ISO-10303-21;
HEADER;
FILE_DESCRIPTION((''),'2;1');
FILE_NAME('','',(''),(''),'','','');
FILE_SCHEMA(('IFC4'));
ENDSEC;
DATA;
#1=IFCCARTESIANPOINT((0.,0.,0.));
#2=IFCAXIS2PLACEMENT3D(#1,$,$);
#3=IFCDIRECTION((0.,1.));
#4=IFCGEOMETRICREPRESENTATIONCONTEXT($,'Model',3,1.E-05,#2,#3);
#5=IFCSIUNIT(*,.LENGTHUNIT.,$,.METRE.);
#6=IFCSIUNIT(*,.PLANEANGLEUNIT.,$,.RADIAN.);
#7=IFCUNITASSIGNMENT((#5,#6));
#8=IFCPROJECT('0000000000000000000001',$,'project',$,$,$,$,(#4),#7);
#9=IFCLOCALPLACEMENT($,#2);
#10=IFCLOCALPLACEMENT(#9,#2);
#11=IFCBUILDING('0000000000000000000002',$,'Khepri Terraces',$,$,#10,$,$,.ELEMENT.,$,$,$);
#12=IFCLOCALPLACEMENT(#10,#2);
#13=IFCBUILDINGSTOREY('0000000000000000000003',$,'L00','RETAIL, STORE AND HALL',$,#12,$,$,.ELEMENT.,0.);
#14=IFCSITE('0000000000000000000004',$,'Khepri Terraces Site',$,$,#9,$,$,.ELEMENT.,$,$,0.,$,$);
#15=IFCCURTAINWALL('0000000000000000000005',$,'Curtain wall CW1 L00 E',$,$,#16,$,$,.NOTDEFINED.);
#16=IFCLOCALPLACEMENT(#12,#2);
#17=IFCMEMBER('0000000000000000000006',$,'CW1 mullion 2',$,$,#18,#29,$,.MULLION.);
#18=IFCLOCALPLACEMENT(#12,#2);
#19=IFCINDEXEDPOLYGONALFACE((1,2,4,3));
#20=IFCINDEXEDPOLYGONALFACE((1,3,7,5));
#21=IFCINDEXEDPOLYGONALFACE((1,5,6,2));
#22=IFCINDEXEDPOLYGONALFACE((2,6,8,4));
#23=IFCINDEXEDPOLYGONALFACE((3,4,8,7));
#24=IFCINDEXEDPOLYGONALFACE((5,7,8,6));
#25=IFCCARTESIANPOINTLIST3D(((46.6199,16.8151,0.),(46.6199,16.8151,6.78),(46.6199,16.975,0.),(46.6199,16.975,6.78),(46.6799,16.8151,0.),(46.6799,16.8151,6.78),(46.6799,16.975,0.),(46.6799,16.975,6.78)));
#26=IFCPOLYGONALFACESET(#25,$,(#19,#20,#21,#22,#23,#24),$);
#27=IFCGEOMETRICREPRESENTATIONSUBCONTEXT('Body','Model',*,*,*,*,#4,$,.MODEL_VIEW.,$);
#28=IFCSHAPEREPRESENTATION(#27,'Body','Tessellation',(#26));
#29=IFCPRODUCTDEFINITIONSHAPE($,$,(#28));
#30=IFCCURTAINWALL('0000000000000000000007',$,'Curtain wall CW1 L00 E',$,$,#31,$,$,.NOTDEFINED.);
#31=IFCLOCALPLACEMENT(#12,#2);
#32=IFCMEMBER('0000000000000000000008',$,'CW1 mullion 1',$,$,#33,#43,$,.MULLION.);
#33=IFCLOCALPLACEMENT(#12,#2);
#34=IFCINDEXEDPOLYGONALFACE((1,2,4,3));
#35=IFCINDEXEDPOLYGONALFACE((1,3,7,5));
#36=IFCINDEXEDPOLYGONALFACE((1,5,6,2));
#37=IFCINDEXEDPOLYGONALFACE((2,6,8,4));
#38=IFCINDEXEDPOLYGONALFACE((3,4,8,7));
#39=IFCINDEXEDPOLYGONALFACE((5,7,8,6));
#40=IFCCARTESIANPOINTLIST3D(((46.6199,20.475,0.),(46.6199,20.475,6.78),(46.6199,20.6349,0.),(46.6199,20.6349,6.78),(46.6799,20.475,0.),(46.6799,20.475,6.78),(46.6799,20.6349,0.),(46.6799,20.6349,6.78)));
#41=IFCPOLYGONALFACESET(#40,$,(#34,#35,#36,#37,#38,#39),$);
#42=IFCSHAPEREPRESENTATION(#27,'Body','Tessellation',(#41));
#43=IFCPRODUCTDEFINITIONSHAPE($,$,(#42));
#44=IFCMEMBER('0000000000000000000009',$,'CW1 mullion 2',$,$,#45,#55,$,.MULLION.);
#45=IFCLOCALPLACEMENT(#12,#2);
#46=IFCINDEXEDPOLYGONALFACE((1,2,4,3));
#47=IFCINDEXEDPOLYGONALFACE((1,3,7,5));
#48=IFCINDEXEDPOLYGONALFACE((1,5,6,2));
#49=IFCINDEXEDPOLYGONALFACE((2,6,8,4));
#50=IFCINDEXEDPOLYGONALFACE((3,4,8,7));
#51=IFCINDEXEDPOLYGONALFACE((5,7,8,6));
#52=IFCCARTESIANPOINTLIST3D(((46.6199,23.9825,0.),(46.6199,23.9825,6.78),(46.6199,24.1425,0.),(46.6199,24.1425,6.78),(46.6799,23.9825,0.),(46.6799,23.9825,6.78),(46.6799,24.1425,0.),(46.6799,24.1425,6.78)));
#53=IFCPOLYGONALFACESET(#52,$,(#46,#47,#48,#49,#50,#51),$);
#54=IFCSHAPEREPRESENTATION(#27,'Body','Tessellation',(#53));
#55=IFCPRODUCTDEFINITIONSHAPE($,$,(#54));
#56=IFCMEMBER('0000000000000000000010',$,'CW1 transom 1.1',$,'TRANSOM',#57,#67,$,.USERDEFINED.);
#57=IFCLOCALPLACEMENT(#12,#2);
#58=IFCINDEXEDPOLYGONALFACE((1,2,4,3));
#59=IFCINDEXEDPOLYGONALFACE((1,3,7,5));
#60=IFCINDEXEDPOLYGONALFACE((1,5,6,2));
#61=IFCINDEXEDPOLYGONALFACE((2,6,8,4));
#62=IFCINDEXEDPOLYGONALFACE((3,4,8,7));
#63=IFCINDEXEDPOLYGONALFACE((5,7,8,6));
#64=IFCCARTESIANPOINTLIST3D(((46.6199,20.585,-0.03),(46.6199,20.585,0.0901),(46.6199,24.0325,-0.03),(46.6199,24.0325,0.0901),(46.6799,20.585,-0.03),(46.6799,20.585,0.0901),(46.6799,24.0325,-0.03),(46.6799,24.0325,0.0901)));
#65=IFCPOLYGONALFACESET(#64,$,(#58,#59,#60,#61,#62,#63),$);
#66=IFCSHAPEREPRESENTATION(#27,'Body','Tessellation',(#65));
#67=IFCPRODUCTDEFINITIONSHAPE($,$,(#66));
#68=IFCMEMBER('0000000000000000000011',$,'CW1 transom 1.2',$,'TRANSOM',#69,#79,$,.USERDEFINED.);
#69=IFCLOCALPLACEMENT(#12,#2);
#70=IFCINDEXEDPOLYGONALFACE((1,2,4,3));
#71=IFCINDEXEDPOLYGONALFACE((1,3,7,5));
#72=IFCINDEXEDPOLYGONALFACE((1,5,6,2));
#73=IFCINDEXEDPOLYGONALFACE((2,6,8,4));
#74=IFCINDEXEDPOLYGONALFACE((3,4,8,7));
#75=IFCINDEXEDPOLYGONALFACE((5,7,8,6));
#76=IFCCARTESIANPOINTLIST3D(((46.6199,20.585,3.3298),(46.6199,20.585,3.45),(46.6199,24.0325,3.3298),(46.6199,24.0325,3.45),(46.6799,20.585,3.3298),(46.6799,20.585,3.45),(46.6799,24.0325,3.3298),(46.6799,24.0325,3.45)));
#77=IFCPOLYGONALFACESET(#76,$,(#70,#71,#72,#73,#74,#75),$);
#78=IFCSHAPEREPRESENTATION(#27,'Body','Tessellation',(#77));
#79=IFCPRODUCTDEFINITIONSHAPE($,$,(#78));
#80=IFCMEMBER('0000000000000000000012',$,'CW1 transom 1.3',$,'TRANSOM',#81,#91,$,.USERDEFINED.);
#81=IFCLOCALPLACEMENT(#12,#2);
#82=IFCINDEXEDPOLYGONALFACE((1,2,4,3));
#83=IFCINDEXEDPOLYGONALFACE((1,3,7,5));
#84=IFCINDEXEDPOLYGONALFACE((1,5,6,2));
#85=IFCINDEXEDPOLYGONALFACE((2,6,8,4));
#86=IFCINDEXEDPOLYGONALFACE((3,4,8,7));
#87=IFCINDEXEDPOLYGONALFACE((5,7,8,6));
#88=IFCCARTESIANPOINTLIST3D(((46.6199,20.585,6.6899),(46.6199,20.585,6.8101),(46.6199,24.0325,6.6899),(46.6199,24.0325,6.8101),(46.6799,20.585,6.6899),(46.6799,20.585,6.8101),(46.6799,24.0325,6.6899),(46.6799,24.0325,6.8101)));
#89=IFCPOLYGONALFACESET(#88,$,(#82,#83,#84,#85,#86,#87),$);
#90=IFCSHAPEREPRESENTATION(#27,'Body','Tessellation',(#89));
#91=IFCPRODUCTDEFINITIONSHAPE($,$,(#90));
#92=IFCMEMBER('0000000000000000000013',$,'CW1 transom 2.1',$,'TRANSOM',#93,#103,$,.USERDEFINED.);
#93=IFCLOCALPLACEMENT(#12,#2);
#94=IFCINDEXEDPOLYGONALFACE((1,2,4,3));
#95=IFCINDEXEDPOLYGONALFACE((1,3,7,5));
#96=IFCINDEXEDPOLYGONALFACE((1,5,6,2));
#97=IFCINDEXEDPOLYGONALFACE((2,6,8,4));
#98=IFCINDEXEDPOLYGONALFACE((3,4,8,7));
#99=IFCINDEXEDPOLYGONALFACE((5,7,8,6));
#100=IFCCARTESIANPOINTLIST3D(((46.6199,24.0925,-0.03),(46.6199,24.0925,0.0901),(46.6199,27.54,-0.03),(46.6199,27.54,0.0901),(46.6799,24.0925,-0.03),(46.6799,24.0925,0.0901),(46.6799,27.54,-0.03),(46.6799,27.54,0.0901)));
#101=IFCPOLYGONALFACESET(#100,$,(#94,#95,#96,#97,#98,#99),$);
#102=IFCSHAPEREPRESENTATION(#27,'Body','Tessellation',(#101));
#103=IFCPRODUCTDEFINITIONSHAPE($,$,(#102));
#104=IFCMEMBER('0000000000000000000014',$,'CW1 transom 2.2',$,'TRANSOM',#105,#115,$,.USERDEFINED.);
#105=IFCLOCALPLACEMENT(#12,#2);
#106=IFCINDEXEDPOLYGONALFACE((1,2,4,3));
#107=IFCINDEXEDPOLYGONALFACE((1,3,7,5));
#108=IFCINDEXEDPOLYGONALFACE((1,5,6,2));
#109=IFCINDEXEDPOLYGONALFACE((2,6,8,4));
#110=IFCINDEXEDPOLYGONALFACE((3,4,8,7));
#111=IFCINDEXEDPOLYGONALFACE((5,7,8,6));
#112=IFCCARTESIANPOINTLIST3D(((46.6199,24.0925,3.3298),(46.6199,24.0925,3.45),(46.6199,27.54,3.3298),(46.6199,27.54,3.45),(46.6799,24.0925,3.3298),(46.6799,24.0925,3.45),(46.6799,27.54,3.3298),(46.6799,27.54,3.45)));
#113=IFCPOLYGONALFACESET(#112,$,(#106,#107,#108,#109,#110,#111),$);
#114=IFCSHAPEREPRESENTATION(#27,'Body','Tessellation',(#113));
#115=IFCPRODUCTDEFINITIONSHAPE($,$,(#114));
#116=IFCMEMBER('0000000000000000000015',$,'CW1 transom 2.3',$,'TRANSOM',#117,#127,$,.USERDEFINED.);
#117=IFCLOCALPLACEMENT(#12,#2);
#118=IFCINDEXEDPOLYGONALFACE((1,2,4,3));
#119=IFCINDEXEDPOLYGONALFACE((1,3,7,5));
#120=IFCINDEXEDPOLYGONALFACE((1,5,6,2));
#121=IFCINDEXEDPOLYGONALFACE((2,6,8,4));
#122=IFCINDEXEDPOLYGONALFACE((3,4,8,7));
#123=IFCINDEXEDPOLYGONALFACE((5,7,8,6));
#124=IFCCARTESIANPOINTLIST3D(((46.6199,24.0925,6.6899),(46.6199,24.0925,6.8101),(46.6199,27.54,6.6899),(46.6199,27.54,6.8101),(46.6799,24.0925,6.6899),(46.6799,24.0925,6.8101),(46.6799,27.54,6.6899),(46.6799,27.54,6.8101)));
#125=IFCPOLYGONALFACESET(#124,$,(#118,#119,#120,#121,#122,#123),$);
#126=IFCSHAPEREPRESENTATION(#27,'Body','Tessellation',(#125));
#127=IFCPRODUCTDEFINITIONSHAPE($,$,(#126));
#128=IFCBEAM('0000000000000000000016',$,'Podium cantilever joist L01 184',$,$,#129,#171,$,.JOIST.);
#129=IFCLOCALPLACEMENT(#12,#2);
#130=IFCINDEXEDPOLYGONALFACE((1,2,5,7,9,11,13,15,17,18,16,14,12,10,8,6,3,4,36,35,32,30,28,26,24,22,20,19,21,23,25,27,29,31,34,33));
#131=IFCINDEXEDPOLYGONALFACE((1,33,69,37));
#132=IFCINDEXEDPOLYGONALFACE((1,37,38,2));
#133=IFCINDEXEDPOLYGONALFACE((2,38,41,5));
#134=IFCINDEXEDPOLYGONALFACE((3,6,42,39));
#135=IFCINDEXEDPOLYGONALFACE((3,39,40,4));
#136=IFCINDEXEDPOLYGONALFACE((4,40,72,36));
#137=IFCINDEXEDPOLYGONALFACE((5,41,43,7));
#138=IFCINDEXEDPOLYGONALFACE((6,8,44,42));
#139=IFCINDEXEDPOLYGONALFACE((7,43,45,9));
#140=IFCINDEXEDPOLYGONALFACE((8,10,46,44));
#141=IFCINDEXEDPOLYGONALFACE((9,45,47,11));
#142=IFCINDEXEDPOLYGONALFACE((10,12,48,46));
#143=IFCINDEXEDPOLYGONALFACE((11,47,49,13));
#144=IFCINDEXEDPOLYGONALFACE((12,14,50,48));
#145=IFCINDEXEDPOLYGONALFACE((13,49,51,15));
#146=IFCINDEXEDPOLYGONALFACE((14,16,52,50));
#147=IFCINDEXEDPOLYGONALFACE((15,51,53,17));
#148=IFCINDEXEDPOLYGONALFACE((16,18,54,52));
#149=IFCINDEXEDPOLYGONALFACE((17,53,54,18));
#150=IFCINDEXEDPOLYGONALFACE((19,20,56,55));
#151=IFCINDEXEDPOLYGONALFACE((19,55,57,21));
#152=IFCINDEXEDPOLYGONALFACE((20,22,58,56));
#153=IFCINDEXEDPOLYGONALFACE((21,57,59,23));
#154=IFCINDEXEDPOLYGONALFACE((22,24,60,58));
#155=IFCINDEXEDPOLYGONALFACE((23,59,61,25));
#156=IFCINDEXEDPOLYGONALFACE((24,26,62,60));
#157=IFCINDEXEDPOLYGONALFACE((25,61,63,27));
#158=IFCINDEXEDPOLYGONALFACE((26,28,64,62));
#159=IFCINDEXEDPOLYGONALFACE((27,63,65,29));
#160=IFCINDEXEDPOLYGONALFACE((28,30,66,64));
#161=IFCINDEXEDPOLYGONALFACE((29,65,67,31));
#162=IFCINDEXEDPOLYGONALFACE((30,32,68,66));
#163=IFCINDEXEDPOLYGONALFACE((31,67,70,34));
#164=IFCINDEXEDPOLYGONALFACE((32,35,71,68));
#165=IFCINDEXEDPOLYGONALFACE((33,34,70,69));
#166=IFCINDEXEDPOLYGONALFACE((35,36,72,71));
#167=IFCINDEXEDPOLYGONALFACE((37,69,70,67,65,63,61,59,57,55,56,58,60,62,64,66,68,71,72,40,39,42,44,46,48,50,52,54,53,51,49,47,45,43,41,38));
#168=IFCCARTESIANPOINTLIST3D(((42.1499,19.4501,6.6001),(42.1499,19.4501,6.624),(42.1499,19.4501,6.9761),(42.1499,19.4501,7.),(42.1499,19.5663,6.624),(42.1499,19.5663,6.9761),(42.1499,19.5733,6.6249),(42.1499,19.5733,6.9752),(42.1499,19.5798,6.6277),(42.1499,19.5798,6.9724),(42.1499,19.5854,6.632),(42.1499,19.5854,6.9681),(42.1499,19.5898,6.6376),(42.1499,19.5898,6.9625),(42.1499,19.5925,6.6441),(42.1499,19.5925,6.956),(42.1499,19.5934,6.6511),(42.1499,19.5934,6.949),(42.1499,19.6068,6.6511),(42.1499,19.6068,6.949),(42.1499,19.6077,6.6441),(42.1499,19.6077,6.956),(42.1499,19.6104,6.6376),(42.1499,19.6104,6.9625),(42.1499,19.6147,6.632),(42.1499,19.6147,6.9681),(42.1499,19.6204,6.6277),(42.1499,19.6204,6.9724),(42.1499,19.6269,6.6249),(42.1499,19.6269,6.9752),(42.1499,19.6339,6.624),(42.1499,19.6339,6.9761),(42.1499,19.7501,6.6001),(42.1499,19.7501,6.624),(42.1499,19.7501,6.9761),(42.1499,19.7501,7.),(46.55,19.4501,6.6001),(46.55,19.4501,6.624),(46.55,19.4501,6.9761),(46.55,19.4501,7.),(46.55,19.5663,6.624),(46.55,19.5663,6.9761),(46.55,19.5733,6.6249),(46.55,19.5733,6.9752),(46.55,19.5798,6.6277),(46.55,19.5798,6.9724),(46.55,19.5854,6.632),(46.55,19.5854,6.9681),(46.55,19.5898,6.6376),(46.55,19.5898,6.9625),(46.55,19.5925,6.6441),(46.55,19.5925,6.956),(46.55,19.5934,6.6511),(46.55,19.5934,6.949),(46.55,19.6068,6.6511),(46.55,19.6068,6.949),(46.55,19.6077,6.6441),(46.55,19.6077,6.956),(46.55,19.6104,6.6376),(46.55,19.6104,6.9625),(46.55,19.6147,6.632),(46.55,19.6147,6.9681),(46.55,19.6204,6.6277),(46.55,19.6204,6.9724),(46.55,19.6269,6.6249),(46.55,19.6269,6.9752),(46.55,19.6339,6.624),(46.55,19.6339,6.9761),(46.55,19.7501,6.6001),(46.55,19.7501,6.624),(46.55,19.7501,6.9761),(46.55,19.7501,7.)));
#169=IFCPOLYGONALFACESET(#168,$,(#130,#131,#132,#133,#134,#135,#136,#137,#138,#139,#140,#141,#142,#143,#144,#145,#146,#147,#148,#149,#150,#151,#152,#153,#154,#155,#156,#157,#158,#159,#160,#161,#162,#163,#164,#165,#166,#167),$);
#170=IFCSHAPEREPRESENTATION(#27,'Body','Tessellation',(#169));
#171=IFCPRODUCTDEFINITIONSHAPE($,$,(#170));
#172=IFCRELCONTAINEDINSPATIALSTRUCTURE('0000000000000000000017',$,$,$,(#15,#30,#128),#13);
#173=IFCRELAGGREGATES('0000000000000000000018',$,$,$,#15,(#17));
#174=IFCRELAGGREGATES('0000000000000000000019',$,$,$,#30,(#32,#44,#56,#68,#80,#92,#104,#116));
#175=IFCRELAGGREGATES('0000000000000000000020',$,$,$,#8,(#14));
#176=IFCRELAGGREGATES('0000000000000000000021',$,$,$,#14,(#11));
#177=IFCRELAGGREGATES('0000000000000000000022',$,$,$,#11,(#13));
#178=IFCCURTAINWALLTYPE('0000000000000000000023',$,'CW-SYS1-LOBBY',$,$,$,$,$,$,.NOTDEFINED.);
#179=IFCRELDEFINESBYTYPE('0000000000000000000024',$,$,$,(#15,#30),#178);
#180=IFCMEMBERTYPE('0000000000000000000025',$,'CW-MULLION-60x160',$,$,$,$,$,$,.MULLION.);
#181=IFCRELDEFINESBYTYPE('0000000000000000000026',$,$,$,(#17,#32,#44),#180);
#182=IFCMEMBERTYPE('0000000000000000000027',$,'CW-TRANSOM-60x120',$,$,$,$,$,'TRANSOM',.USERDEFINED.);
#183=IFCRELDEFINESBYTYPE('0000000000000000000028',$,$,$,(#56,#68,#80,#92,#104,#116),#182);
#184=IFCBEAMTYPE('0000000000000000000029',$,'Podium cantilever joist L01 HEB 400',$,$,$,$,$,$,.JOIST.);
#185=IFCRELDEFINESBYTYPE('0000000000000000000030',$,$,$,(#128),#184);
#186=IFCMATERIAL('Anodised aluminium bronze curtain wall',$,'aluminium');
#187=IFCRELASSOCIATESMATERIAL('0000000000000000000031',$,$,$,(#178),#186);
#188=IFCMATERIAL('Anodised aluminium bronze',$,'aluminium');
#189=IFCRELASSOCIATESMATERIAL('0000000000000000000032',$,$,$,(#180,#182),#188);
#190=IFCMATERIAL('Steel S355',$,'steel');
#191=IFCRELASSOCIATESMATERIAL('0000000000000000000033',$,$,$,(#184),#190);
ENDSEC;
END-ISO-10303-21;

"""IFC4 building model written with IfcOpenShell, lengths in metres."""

from ifc_helpers import new_model, si_unit, direction, frame, origin, origin_2d, place, context, subcontext, project, spatial, rectangle, i_section, extrude, material, material_profile, profile_set, type_object, element, aggregate, save


model = new_model("IFC4")

# Units and contexts
model_context = context("Model", 3, precision=1e-05, world=origin(), true_north=direction((0.0, 1.0)))
body_context = subcontext(model_context, "Body", "Model", "MODEL_VIEW")
ifc_project = project(units=[si_unit("LENGTHUNIT", "METRE"), si_unit("PLANEANGLEUNIT", "RADIAN")], contexts=[model_context])

# Site, building, storey
site_placement = place(None, origin())
site = spatial("IfcSite", under=ifc_project, at=site_placement, Name="Khepri Terraces Site", CompositionType="ELEMENT", RefElevation=0.0)
building_placement = place(site_placement, origin())
building = spatial("IfcBuilding", under=site, at=building_placement, Name="Khepri Terraces", CompositionType="ELEMENT")
storey_placement = place(building_placement, origin())
storey = spatial("IfcBuildingStorey", under=building, at=storey_placement, Name="L00", Description="RETAIL, STORE AND HALL", CompositionType="ELEMENT", Elevation=0.0)

# Curtain wall, member
ifc_material_1 = material(Name="Anodised aluminium bronze curtain wall", Category="aluminium")
curtain_wall_type = type_object("IfcCurtainWallType", Name="CW-SYS1-LOBBY", PredefinedType="NOTDEFINED", material=ifc_material_1)
curtain_wall_1_placement = place(storey_placement, origin())
curtain_wall_1 = element("IfcCurtainWall", 1, at=curtain_wall_1_placement, inside=storey, type_object=curtain_wall_type, Name="Curtain wall CW1 L00 E", PredefinedType="NOTDEFINED")
ifc_material_2 = material(Name="Anodised aluminium bronze", Category="aluminium")
ifc_material_profile_1 = material_profile(ifc_material_2, rectangle(XDim=0.0601, YDim=0.1599, at=origin_2d()), Name="Anodised aluminium bronze", Category="aluminium")
ifc_profile_set_1 = profile_set([ifc_material_profile_1], Name="Anodised aluminium bronze")
member_type_1 = type_object("IfcMemberType", Name="CW-MULLION-60x160", PredefinedType="MULLION", material=ifc_profile_set_1)
member_1_placement = place(storey_placement, frame((46.6499, 16.895, 0.0), z_axis=(0.0, 0.0, 1.0), x_axis=(-1.0, 0.0, 0.0)))
member_1 = element("IfcMember", 2, at=member_1_placement, type_object=member_type_1, Name="CW1 mullion 2", PredefinedType="MULLION", context=body_context, shape_type="SweptSolid", body=[
    extrude(rectangle(XDim=0.0601, YDim=0.1599, at=origin_2d()), origin(), (0.0, 0.0, 1.0), 6.78),
])
aggregate(curtain_wall_1, [member_1])

# Curtain wall, members
curtain_wall_2_placement = place(storey_placement, origin())
curtain_wall_2 = element("IfcCurtainWall", 3, at=curtain_wall_2_placement, inside=storey, type_object=curtain_wall_type, Name="Curtain wall CW1 L00 E", PredefinedType="NOTDEFINED")
member_2_placement = place(storey_placement, frame((46.6499, 20.5549, 0.0), z_axis=(0.0, 0.0, 1.0), x_axis=(-1.0, 0.0, 0.0)))
member_2 = element("IfcMember", 4, at=member_2_placement, type_object=member_type_1, Name="CW1 mullion 1", PredefinedType="MULLION", context=body_context, shape_type="SweptSolid", body=[
    extrude(rectangle(XDim=0.0601, YDim=0.1599, at=origin_2d()), origin(), (0.0, 0.0, 1.0), 6.78),
])
member_3_placement = place(storey_placement, frame((46.6499, 24.0625, 0.0), z_axis=(0.0, 0.0, 1.0), x_axis=(-1.0, 0.0, 0.0)))
member_3 = element("IfcMember", 5, at=member_3_placement, type_object=member_type_1, Name="CW1 mullion 2", PredefinedType="MULLION", context=body_context, shape_type="SweptSolid", body=[
    extrude(rectangle(XDim=0.0601, YDim=0.1599, at=origin_2d()), origin(), (0.0, 0.0, 1.0), 6.78),
])
ifc_material_profile_2 = material_profile(ifc_material_2, rectangle(XDim=0.0601, YDim=0.1201, at=origin_2d()), Name="Anodised aluminium bronze", Category="aluminium")
ifc_profile_set_2 = profile_set([ifc_material_profile_2], Name="Anodised aluminium bronze")
member_type_2 = type_object("IfcMemberType", Name="CW-TRANSOM-60x120", ElementType="TRANSOM", PredefinedType="USERDEFINED", material=ifc_profile_set_2)
member_4_placement = place(storey_placement, frame((46.6499, 20.585, 0.03), z_axis=(0.0, 1.0, 0.0), x_axis=(-1.0, 0.0, 0.0)))
member_4 = element("IfcMember", 6, at=member_4_placement, type_object=member_type_2, Name="CW1 transom 1.1", ObjectType="TRANSOM", PredefinedType="USERDEFINED", context=body_context, shape_type="SweptSolid", body=[
    extrude(rectangle(XDim=0.0601, YDim=0.1201, at=origin_2d()), origin(), (0.0, 0.0, 1.0), 3.4475),
])
member_5_placement = place(storey_placement, frame((46.6499, 20.585, 3.3899), z_axis=(0.0, 1.0, 0.0), x_axis=(-1.0, 0.0, 0.0)))
member_5 = element("IfcMember", 7, at=member_5_placement, type_object=member_type_2, Name="CW1 transom 1.2", ObjectType="TRANSOM", PredefinedType="USERDEFINED", context=body_context, shape_type="SweptSolid", body=[
    extrude(rectangle(XDim=0.0601, YDim=0.1201, at=origin_2d()), origin(), (0.0, 0.0, 1.0), 3.4475),
])
member_6_placement = place(storey_placement, frame((46.6499, 20.585, 6.75), z_axis=(0.0, 1.0, 0.0), x_axis=(-1.0, 0.0, 0.0)))
member_6 = element("IfcMember", 8, at=member_6_placement, type_object=member_type_2, Name="CW1 transom 1.3", ObjectType="TRANSOM", PredefinedType="USERDEFINED", context=body_context, shape_type="SweptSolid", body=[
    extrude(rectangle(XDim=0.0601, YDim=0.1201, at=origin_2d()), origin(), (0.0, 0.0, 1.0), 3.4475),
])
member_7_placement = place(storey_placement, frame((46.6499, 24.0925, 0.03), z_axis=(0.0, 1.0, 0.0), x_axis=(-1.0, 0.0, 0.0)))
member_7 = element("IfcMember", 9, at=member_7_placement, type_object=member_type_2, Name="CW1 transom 2.1", ObjectType="TRANSOM", PredefinedType="USERDEFINED", context=body_context, shape_type="SweptSolid", body=[
    extrude(rectangle(XDim=0.0601, YDim=0.1201, at=origin_2d()), origin(), (0.0, 0.0, 1.0), 3.4475),
])
member_8_placement = place(storey_placement, frame((46.6499, 24.0925, 3.3899), z_axis=(0.0, 1.0, 0.0), x_axis=(-1.0, 0.0, 0.0)))
member_8 = element("IfcMember", 10, at=member_8_placement, type_object=member_type_2, Name="CW1 transom 2.2", ObjectType="TRANSOM", PredefinedType="USERDEFINED", context=body_context, shape_type="SweptSolid", body=[
    extrude(rectangle(XDim=0.0601, YDim=0.1201, at=origin_2d()), origin(), (0.0, 0.0, 1.0), 3.4475),
])
member_9_placement = place(storey_placement, frame((46.6499, 24.0925, 6.75), z_axis=(0.0, 1.0, 0.0), x_axis=(-1.0, 0.0, 0.0)))
member_9 = element("IfcMember", 11, at=member_9_placement, type_object=member_type_2, Name="CW1 transom 2.3", ObjectType="TRANSOM", PredefinedType="USERDEFINED", context=body_context, shape_type="SweptSolid", body=[
    extrude(rectangle(XDim=0.0601, YDim=0.1201, at=origin_2d()), origin(), (0.0, 0.0, 1.0), 3.4475),
])

# Beam
ifc_material_3 = material(Name="Steel S355", Category="steel")
ifc_material_profile_3 = material_profile(ifc_material_3, i_section(OverallWidth=0.3, OverallDepth=0.3999, WebThickness=0.0134, FlangeThickness=0.0239, FilletRadius=0.0271, at=origin_2d()), Name="Steel S355", Category="steel")
ifc_profile_set_3 = profile_set([ifc_material_profile_3], Name="Steel S355")
beam_type_1 = type_object("IfcBeamType", Name="Podium cantilever joist L01 HEB 400", PredefinedType="JOIST", material=ifc_profile_set_3)
beam_1_placement = place(storey_placement, frame((42.1499, 19.6001, 6.8), z_axis=(1.0, 0.0, 0.0), x_axis=(0.0, 1.0, 0.0)))
element("IfcBeam", 12, at=beam_1_placement, inside=storey, type_object=beam_type_1, Name="Podium cantilever joist L01 184", PredefinedType="JOIST", context=body_context, shape_type="SweptSolid", body=[
    extrude(i_section(OverallWidth=0.3, OverallDepth=0.3999, WebThickness=0.0134, FlangeThickness=0.0239, FilletRadius=0.0271, at=origin_2d()), origin(), (0.0, 0.0, 1.0), 4.4001),
])

aggregate(curtain_wall_2, [member_2, member_3, member_4, member_5, member_6, member_7, member_8, member_9])

save(model, "model.ifc")
